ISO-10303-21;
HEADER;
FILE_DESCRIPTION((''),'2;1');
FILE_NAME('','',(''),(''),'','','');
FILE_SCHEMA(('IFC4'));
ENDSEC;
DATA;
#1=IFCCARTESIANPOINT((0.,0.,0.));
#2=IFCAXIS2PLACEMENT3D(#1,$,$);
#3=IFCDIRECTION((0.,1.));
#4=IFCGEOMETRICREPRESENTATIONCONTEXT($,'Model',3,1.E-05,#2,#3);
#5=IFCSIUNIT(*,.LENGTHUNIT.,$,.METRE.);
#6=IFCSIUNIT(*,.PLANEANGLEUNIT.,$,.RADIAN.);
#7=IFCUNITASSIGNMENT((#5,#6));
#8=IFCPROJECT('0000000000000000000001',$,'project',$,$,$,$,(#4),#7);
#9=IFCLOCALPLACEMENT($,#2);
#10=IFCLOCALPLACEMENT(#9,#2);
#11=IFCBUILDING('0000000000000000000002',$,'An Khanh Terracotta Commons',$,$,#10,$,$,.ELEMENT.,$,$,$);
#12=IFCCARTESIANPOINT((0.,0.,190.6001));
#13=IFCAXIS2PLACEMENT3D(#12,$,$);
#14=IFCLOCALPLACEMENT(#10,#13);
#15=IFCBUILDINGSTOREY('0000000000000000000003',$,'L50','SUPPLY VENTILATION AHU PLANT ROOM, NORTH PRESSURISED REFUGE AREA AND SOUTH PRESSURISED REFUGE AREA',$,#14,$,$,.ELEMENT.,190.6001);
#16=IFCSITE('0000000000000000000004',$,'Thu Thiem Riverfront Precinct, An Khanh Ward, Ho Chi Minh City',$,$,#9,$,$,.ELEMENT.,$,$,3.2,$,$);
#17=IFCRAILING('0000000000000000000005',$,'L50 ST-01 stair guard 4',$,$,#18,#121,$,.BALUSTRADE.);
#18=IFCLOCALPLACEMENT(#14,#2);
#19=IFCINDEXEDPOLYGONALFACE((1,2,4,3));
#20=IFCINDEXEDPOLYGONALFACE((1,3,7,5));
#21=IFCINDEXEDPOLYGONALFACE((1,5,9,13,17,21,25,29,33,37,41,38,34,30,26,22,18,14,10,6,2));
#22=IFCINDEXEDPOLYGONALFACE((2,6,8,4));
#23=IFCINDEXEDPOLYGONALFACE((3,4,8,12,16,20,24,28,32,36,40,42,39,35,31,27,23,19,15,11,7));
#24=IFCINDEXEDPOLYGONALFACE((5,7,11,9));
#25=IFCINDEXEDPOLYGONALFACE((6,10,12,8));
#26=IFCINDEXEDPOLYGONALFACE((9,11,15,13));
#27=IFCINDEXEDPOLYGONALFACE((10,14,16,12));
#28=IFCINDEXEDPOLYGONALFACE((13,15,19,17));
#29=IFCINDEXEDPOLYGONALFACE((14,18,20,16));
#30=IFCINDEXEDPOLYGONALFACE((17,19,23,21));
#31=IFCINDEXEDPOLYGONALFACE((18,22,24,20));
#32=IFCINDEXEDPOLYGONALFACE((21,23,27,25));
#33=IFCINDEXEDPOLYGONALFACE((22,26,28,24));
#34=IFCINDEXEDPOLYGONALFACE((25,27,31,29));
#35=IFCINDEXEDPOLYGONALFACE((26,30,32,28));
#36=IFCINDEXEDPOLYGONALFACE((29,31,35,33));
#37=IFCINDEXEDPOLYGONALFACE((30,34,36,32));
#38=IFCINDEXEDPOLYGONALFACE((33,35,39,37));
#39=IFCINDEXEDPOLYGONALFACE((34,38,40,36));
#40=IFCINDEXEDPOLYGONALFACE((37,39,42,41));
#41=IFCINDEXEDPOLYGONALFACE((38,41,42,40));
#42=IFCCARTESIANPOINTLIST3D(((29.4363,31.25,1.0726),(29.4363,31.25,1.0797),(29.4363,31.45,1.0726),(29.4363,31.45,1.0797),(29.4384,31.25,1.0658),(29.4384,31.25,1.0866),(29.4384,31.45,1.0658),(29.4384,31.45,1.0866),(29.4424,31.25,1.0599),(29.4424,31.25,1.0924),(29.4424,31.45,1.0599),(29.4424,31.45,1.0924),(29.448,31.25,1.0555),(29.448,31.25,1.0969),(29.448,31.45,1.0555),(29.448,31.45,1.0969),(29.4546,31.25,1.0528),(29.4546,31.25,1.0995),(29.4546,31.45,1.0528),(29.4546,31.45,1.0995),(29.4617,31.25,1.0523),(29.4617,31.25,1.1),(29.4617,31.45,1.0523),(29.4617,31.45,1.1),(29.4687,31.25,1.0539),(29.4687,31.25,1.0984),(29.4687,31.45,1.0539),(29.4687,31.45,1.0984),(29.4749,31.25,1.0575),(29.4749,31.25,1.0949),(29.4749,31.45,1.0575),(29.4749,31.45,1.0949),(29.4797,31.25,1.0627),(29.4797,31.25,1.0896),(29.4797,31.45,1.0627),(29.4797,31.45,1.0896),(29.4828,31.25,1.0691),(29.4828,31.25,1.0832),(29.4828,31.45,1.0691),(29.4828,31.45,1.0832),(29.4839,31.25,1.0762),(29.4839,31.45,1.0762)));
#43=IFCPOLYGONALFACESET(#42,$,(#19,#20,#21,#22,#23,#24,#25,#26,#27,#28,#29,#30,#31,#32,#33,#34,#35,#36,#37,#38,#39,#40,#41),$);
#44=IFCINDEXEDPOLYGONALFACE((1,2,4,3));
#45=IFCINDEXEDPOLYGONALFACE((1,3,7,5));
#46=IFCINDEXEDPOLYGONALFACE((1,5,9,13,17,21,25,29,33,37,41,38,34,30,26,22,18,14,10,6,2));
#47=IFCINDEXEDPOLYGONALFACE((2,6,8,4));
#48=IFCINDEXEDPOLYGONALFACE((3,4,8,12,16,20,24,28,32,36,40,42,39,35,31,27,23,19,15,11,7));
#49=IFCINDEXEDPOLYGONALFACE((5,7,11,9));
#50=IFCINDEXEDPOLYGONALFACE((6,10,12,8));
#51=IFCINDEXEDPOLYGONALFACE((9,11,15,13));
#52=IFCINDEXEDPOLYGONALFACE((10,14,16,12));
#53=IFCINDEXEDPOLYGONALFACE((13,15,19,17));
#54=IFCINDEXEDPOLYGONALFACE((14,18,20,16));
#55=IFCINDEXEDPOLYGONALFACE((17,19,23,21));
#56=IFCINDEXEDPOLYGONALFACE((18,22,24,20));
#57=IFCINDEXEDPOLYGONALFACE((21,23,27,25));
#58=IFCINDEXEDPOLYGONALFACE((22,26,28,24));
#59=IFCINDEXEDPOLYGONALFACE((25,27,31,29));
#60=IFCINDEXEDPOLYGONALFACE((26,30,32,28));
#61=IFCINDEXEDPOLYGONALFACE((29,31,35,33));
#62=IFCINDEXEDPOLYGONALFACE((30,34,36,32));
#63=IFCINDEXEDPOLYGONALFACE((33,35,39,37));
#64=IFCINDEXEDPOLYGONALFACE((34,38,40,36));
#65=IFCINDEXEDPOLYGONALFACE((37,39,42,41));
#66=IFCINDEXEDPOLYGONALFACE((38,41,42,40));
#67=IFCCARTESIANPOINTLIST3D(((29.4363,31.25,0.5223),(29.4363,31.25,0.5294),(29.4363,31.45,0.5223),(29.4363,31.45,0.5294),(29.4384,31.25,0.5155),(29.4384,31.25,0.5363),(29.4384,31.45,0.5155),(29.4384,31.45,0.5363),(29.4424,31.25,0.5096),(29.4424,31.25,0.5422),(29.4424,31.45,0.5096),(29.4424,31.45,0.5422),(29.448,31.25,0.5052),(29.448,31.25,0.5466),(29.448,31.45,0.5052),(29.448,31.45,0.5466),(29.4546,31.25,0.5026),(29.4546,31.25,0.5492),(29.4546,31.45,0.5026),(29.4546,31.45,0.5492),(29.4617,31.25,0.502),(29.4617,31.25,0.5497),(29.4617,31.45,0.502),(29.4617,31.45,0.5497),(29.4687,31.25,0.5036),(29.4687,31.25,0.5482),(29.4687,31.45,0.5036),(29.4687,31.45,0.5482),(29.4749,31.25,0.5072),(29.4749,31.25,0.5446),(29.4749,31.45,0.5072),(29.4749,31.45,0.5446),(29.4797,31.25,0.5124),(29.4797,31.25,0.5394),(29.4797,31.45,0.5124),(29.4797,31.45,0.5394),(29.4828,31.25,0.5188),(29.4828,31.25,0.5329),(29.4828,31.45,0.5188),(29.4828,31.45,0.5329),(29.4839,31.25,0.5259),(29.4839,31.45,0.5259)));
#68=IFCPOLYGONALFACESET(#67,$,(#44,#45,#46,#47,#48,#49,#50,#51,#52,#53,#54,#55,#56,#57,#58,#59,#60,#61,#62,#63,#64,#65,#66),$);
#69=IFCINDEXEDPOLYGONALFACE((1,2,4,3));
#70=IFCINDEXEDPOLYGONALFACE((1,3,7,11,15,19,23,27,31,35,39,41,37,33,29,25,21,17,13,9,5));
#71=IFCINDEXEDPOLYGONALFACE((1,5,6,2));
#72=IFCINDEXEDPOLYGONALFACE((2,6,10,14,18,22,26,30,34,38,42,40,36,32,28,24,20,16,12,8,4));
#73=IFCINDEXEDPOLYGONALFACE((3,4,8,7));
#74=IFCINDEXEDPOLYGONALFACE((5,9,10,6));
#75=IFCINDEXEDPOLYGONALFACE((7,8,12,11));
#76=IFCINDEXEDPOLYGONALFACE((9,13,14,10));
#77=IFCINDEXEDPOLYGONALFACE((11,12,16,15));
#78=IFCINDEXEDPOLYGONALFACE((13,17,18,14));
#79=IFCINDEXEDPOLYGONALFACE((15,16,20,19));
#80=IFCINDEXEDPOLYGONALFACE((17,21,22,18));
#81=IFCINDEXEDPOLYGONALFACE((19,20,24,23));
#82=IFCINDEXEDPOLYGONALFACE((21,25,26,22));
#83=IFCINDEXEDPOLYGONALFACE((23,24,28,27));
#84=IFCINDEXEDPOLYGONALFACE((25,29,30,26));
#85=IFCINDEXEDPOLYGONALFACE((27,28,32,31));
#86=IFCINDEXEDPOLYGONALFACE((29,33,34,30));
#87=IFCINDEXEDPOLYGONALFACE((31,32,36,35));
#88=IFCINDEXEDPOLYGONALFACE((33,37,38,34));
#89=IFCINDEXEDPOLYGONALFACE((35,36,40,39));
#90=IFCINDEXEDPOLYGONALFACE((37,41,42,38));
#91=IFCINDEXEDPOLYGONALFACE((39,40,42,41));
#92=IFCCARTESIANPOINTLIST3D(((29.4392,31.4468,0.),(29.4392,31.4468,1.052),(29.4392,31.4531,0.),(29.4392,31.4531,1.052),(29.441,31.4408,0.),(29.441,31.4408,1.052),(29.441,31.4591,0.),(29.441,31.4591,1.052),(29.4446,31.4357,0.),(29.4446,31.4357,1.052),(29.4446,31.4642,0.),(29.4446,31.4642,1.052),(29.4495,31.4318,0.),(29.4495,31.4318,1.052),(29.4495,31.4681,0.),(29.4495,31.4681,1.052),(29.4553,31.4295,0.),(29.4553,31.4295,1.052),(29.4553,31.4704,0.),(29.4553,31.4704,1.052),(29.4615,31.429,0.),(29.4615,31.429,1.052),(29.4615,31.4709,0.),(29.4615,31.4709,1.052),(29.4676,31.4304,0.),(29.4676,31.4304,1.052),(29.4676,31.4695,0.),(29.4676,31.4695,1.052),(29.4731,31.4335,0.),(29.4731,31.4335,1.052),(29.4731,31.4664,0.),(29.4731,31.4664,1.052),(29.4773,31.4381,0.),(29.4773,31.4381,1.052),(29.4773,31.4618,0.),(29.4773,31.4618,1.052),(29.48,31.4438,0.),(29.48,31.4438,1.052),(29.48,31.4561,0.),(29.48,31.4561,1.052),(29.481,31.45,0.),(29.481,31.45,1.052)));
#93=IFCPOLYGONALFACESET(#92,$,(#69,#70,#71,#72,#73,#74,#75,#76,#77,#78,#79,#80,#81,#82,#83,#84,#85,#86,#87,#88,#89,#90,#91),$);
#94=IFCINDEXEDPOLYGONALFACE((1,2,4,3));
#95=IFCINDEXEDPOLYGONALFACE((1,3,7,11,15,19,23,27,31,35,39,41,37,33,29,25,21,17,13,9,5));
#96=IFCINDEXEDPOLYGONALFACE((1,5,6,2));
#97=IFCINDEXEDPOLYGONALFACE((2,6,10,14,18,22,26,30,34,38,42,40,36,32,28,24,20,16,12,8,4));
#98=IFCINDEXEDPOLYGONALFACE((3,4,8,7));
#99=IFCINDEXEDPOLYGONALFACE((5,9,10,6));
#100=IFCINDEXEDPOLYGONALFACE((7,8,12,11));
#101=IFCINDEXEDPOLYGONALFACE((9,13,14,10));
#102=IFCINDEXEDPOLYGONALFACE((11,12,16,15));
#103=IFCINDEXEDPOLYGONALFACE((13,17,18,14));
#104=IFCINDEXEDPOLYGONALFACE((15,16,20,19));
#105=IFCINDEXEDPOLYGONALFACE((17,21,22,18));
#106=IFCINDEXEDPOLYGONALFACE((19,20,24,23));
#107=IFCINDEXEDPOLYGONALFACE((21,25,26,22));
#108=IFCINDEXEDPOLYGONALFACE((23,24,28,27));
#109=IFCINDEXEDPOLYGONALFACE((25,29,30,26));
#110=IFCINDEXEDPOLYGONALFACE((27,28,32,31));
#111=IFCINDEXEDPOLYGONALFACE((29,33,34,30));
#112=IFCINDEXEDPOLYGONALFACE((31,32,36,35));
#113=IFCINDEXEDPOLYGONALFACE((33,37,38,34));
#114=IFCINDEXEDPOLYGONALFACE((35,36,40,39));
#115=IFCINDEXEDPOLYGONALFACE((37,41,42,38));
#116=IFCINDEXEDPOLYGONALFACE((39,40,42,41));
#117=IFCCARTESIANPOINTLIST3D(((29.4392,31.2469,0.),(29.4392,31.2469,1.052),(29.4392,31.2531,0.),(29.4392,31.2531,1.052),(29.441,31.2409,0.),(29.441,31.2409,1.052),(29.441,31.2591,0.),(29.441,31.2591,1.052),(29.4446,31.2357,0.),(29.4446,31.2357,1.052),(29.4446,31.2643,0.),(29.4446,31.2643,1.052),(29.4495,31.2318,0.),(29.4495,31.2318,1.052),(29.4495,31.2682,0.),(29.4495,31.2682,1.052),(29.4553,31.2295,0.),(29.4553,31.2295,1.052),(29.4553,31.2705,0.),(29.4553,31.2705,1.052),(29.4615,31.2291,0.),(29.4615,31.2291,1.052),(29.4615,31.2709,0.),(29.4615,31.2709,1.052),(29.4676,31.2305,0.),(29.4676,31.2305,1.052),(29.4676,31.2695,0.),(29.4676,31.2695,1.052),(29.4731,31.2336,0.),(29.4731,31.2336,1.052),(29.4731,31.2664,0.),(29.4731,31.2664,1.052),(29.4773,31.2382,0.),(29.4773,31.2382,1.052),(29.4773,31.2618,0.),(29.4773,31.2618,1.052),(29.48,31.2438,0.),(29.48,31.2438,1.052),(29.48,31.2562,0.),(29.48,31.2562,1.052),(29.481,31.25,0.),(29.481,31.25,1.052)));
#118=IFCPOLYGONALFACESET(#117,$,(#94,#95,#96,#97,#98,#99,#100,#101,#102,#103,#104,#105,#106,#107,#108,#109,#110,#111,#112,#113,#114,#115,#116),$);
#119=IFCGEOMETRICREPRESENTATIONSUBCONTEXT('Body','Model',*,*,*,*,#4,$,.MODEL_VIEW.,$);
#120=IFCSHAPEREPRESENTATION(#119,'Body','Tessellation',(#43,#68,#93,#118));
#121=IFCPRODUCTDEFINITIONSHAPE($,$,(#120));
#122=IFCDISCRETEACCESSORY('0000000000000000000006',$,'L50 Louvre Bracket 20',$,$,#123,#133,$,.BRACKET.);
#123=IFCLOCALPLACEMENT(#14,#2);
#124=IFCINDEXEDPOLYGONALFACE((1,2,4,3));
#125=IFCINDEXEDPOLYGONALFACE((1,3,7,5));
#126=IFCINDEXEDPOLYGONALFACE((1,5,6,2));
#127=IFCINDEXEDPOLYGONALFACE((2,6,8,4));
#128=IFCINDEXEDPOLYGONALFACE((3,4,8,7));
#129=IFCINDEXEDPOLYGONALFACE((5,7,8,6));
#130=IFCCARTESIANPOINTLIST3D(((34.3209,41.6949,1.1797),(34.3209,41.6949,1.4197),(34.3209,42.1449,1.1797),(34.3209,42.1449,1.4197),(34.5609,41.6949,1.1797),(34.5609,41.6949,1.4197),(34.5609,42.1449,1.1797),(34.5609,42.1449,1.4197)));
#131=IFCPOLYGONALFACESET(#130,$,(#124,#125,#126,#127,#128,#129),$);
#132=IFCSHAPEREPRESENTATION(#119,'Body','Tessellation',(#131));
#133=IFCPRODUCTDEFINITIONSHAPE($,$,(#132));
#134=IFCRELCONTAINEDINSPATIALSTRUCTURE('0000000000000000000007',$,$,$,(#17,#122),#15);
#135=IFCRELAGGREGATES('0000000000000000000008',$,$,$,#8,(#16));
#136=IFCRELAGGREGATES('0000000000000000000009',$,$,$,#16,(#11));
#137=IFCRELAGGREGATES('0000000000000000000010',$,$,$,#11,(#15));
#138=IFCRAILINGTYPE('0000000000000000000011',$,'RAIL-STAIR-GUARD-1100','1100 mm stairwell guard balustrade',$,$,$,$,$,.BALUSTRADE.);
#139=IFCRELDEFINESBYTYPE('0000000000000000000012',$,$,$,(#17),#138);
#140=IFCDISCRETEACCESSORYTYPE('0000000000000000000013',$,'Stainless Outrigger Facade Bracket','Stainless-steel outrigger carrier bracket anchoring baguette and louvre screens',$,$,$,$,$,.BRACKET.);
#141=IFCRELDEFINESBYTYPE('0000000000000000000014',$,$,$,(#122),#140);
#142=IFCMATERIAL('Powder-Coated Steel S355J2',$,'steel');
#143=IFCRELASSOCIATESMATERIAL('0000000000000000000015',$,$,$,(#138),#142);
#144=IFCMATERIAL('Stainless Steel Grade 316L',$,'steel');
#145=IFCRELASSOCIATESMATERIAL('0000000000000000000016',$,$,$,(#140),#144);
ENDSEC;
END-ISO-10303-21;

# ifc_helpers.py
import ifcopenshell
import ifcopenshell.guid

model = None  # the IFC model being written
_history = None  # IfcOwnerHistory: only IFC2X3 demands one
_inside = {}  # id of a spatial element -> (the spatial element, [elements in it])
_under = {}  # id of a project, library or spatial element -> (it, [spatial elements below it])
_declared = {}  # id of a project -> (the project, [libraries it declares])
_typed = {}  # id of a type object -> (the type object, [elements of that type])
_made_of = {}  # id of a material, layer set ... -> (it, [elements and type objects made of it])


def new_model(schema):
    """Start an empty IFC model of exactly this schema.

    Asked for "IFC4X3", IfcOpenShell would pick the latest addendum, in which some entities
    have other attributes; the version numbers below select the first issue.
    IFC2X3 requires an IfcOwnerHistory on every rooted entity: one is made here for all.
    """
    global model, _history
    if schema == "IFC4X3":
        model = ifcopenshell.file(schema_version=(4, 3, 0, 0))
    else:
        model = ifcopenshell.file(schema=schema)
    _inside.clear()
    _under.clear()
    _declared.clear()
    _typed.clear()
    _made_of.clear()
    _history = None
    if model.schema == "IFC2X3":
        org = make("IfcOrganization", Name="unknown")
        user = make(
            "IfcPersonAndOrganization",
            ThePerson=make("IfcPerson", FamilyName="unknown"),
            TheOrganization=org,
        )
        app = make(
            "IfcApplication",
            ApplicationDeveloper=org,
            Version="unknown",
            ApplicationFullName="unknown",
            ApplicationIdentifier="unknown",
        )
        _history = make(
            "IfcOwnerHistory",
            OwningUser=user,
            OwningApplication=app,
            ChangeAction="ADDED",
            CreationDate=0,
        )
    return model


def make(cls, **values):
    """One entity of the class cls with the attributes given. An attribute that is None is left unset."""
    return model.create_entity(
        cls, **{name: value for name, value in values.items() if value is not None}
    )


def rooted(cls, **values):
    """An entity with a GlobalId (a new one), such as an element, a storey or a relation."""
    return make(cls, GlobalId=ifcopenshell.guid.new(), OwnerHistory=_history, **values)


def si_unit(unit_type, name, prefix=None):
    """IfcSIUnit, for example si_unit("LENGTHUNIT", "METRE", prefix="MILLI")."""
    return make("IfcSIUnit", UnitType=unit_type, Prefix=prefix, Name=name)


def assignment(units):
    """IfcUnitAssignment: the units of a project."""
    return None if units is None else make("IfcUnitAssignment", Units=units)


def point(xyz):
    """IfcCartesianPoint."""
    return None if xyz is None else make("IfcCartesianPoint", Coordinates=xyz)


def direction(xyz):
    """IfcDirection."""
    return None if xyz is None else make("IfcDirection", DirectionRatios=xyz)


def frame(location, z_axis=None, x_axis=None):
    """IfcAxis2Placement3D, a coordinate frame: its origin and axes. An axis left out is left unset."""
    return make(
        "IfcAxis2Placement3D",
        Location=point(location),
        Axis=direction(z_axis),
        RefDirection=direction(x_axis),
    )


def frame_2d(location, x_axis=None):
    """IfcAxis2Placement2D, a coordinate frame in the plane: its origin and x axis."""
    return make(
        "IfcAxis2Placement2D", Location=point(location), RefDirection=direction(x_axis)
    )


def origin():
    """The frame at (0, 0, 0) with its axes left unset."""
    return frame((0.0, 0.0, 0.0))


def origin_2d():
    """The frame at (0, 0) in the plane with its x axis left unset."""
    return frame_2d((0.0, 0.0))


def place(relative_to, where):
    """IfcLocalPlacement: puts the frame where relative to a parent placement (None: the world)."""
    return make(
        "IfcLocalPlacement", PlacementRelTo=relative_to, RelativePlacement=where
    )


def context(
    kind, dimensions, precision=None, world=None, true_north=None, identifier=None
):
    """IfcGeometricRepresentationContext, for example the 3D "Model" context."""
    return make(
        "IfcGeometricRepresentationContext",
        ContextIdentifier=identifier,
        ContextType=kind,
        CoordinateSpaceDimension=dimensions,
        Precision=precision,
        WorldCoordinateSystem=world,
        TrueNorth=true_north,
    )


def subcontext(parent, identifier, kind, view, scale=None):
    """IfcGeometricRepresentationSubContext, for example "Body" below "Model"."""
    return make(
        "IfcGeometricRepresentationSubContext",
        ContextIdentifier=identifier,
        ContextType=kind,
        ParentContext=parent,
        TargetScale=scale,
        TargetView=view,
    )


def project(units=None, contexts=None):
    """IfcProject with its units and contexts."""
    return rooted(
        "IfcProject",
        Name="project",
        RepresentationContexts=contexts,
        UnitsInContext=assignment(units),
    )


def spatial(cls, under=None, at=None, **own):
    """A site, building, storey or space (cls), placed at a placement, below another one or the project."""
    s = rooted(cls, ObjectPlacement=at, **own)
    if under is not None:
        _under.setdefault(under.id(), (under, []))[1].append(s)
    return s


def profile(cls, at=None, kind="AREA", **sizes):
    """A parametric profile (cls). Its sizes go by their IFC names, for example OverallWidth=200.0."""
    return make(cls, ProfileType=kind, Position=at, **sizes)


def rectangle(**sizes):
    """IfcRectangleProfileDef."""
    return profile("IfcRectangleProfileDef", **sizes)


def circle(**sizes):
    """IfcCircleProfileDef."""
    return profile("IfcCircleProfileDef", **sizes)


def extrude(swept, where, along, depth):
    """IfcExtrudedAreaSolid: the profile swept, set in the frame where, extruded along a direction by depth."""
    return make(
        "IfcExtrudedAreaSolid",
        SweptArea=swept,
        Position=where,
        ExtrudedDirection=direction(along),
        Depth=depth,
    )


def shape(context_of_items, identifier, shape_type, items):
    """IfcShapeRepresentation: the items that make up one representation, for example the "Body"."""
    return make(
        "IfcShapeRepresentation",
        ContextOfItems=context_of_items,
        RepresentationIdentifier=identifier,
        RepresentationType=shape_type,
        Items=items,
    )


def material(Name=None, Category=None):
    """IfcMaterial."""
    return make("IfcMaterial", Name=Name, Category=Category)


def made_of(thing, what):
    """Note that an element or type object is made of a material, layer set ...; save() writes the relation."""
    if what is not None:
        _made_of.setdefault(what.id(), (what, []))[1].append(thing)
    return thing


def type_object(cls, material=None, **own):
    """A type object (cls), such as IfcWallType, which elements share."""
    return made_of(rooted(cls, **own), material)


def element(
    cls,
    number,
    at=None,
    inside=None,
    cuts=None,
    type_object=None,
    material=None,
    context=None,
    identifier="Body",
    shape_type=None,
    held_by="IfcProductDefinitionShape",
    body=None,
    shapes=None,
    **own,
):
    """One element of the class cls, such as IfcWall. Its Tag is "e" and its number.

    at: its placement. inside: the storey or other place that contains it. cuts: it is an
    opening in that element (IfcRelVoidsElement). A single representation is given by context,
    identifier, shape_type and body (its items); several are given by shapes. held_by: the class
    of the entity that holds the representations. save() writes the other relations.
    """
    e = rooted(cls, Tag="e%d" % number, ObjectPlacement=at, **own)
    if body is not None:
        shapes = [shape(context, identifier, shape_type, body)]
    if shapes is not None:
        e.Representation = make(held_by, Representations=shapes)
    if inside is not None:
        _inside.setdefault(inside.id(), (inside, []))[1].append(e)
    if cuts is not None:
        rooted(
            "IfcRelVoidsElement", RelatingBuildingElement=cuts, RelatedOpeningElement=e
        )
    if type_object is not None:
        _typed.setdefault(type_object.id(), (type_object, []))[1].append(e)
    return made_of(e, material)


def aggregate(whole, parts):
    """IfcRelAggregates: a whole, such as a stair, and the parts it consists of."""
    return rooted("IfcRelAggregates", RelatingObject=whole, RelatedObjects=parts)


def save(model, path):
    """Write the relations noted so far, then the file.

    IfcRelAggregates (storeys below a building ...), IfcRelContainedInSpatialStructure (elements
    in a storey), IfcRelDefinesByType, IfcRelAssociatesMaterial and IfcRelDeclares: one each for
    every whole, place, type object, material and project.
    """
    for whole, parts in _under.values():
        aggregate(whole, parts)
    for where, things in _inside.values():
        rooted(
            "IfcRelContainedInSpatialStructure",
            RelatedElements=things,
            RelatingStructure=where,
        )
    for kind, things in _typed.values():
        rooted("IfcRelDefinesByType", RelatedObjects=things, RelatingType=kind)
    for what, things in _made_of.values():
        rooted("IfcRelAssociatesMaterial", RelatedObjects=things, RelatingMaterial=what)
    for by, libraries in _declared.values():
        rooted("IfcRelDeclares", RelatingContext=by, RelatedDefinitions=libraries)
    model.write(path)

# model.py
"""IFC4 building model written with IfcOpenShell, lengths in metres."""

from ifc_helpers import new_model, si_unit, direction, frame, origin, origin_2d, place, context, subcontext, project, spatial, rectangle, circle, extrude, material, type_object, element, save


model = new_model("IFC4")

# Units and contexts
model_context = context("Model", 3, precision=1e-05, world=origin(), true_north=direction((0.0, 1.0)))
body_context = subcontext(model_context, "Body", "Model", "MODEL_VIEW")
ifc_project = project(units=[si_unit("LENGTHUNIT", "METRE"), si_unit("PLANEANGLEUNIT", "RADIAN")], contexts=[model_context])

# Site, building, storey
site_placement = place(None, origin())
site = spatial("IfcSite", under=ifc_project, at=site_placement, Name="Thu Thiem Riverfront Precinct, An Khanh Ward, Ho Chi Minh City", CompositionType="ELEMENT", RefElevation=3.2)
building_placement = place(site_placement, origin())
building = spatial("IfcBuilding", under=site, at=building_placement, Name="An Khanh Terracotta Commons", CompositionType="ELEMENT")
storey_placement = place(building_placement, frame((0.0, 0.0, 190.6001)))
storey = spatial("IfcBuildingStorey", under=building, at=storey_placement, Name="L50", Description="SUPPLY VENTILATION AHU PLANT ROOM, NORTH PRESSURISED REFUGE AREA AND SOUTH PRESSURISED REFUGE AREA", CompositionType="ELEMENT", Elevation=190.6001)

# Railing
ifc_material_1 = material(Name="Powder-Coated Steel S355J2", Category="steel")
railing_type_1 = type_object("IfcRailingType", Name="RAIL-STAIR-GUARD-1100", Description="1100 mm stairwell guard balustrade", PredefinedType="BALUSTRADE", material=ifc_material_1)
railing_1_placement = place(storey_placement, frame((29.46, 31.45, 0.0)))
element("IfcRailing", 1, at=railing_1_placement, inside=storey, type_object=railing_type_1, Name="L50 ST-01 stair guard 4", PredefinedType="BALUSTRADE", context=body_context, shape_type="SweptSolid", body=[
    extrude(circle(Radius=0.0239, at=origin_2d()), frame((0.0, 0.0, 1.0762), z_axis=(0.0, -1.0, 0.0), x_axis=(1.0, 0.0, 0.0)), (0.0, 0.0, 1.0), 0.2),
    extrude(circle(Radius=0.0239, at=origin_2d()), frame((0.0, 0.0, 0.5259), z_axis=(0.0, -1.0, 0.0), x_axis=(1.0, 0.0, 0.0)), (0.0, 0.0, 1.0), 0.2),
    extrude(circle(Radius=0.021, at=origin_2d()), origin(), (0.0, 0.0, 1.0), 1.052),
    extrude(circle(Radius=0.021, at=origin_2d()), frame((0.0, -0.2, 0.0)), (0.0, 0.0, 1.0), 1.052),
])

# Discrete accessory
ifc_material_2 = material(Name="Stainless Steel Grade 316L", Category="steel")
discrete_accessory_type = type_object("IfcDiscreteAccessoryType", Name="Stainless Outrigger Facade Bracket", Description="Stainless-steel outrigger carrier bracket anchoring baguette and louvre screens", PredefinedType="BRACKET", material=ifc_material_2)
discrete_accessory_placement = place(storey_placement, frame((34.4409, 41.9199, 1.1797), z_axis=(0.0, 0.0, 1.0), x_axis=(-1.0, 0.0, 0.0)))
element("IfcDiscreteAccessory", 2, at=discrete_accessory_placement, inside=storey, type_object=discrete_accessory_type, Name="L50 Louvre Bracket 20", PredefinedType="BRACKET", context=body_context, shape_type="SweptSolid", body=[
    extrude(rectangle(XDim=0.24, YDim=0.45, at=origin_2d()), origin(), (0.0, 0.0, 1.0), 0.24),
])

save(model, "model.ifc")
